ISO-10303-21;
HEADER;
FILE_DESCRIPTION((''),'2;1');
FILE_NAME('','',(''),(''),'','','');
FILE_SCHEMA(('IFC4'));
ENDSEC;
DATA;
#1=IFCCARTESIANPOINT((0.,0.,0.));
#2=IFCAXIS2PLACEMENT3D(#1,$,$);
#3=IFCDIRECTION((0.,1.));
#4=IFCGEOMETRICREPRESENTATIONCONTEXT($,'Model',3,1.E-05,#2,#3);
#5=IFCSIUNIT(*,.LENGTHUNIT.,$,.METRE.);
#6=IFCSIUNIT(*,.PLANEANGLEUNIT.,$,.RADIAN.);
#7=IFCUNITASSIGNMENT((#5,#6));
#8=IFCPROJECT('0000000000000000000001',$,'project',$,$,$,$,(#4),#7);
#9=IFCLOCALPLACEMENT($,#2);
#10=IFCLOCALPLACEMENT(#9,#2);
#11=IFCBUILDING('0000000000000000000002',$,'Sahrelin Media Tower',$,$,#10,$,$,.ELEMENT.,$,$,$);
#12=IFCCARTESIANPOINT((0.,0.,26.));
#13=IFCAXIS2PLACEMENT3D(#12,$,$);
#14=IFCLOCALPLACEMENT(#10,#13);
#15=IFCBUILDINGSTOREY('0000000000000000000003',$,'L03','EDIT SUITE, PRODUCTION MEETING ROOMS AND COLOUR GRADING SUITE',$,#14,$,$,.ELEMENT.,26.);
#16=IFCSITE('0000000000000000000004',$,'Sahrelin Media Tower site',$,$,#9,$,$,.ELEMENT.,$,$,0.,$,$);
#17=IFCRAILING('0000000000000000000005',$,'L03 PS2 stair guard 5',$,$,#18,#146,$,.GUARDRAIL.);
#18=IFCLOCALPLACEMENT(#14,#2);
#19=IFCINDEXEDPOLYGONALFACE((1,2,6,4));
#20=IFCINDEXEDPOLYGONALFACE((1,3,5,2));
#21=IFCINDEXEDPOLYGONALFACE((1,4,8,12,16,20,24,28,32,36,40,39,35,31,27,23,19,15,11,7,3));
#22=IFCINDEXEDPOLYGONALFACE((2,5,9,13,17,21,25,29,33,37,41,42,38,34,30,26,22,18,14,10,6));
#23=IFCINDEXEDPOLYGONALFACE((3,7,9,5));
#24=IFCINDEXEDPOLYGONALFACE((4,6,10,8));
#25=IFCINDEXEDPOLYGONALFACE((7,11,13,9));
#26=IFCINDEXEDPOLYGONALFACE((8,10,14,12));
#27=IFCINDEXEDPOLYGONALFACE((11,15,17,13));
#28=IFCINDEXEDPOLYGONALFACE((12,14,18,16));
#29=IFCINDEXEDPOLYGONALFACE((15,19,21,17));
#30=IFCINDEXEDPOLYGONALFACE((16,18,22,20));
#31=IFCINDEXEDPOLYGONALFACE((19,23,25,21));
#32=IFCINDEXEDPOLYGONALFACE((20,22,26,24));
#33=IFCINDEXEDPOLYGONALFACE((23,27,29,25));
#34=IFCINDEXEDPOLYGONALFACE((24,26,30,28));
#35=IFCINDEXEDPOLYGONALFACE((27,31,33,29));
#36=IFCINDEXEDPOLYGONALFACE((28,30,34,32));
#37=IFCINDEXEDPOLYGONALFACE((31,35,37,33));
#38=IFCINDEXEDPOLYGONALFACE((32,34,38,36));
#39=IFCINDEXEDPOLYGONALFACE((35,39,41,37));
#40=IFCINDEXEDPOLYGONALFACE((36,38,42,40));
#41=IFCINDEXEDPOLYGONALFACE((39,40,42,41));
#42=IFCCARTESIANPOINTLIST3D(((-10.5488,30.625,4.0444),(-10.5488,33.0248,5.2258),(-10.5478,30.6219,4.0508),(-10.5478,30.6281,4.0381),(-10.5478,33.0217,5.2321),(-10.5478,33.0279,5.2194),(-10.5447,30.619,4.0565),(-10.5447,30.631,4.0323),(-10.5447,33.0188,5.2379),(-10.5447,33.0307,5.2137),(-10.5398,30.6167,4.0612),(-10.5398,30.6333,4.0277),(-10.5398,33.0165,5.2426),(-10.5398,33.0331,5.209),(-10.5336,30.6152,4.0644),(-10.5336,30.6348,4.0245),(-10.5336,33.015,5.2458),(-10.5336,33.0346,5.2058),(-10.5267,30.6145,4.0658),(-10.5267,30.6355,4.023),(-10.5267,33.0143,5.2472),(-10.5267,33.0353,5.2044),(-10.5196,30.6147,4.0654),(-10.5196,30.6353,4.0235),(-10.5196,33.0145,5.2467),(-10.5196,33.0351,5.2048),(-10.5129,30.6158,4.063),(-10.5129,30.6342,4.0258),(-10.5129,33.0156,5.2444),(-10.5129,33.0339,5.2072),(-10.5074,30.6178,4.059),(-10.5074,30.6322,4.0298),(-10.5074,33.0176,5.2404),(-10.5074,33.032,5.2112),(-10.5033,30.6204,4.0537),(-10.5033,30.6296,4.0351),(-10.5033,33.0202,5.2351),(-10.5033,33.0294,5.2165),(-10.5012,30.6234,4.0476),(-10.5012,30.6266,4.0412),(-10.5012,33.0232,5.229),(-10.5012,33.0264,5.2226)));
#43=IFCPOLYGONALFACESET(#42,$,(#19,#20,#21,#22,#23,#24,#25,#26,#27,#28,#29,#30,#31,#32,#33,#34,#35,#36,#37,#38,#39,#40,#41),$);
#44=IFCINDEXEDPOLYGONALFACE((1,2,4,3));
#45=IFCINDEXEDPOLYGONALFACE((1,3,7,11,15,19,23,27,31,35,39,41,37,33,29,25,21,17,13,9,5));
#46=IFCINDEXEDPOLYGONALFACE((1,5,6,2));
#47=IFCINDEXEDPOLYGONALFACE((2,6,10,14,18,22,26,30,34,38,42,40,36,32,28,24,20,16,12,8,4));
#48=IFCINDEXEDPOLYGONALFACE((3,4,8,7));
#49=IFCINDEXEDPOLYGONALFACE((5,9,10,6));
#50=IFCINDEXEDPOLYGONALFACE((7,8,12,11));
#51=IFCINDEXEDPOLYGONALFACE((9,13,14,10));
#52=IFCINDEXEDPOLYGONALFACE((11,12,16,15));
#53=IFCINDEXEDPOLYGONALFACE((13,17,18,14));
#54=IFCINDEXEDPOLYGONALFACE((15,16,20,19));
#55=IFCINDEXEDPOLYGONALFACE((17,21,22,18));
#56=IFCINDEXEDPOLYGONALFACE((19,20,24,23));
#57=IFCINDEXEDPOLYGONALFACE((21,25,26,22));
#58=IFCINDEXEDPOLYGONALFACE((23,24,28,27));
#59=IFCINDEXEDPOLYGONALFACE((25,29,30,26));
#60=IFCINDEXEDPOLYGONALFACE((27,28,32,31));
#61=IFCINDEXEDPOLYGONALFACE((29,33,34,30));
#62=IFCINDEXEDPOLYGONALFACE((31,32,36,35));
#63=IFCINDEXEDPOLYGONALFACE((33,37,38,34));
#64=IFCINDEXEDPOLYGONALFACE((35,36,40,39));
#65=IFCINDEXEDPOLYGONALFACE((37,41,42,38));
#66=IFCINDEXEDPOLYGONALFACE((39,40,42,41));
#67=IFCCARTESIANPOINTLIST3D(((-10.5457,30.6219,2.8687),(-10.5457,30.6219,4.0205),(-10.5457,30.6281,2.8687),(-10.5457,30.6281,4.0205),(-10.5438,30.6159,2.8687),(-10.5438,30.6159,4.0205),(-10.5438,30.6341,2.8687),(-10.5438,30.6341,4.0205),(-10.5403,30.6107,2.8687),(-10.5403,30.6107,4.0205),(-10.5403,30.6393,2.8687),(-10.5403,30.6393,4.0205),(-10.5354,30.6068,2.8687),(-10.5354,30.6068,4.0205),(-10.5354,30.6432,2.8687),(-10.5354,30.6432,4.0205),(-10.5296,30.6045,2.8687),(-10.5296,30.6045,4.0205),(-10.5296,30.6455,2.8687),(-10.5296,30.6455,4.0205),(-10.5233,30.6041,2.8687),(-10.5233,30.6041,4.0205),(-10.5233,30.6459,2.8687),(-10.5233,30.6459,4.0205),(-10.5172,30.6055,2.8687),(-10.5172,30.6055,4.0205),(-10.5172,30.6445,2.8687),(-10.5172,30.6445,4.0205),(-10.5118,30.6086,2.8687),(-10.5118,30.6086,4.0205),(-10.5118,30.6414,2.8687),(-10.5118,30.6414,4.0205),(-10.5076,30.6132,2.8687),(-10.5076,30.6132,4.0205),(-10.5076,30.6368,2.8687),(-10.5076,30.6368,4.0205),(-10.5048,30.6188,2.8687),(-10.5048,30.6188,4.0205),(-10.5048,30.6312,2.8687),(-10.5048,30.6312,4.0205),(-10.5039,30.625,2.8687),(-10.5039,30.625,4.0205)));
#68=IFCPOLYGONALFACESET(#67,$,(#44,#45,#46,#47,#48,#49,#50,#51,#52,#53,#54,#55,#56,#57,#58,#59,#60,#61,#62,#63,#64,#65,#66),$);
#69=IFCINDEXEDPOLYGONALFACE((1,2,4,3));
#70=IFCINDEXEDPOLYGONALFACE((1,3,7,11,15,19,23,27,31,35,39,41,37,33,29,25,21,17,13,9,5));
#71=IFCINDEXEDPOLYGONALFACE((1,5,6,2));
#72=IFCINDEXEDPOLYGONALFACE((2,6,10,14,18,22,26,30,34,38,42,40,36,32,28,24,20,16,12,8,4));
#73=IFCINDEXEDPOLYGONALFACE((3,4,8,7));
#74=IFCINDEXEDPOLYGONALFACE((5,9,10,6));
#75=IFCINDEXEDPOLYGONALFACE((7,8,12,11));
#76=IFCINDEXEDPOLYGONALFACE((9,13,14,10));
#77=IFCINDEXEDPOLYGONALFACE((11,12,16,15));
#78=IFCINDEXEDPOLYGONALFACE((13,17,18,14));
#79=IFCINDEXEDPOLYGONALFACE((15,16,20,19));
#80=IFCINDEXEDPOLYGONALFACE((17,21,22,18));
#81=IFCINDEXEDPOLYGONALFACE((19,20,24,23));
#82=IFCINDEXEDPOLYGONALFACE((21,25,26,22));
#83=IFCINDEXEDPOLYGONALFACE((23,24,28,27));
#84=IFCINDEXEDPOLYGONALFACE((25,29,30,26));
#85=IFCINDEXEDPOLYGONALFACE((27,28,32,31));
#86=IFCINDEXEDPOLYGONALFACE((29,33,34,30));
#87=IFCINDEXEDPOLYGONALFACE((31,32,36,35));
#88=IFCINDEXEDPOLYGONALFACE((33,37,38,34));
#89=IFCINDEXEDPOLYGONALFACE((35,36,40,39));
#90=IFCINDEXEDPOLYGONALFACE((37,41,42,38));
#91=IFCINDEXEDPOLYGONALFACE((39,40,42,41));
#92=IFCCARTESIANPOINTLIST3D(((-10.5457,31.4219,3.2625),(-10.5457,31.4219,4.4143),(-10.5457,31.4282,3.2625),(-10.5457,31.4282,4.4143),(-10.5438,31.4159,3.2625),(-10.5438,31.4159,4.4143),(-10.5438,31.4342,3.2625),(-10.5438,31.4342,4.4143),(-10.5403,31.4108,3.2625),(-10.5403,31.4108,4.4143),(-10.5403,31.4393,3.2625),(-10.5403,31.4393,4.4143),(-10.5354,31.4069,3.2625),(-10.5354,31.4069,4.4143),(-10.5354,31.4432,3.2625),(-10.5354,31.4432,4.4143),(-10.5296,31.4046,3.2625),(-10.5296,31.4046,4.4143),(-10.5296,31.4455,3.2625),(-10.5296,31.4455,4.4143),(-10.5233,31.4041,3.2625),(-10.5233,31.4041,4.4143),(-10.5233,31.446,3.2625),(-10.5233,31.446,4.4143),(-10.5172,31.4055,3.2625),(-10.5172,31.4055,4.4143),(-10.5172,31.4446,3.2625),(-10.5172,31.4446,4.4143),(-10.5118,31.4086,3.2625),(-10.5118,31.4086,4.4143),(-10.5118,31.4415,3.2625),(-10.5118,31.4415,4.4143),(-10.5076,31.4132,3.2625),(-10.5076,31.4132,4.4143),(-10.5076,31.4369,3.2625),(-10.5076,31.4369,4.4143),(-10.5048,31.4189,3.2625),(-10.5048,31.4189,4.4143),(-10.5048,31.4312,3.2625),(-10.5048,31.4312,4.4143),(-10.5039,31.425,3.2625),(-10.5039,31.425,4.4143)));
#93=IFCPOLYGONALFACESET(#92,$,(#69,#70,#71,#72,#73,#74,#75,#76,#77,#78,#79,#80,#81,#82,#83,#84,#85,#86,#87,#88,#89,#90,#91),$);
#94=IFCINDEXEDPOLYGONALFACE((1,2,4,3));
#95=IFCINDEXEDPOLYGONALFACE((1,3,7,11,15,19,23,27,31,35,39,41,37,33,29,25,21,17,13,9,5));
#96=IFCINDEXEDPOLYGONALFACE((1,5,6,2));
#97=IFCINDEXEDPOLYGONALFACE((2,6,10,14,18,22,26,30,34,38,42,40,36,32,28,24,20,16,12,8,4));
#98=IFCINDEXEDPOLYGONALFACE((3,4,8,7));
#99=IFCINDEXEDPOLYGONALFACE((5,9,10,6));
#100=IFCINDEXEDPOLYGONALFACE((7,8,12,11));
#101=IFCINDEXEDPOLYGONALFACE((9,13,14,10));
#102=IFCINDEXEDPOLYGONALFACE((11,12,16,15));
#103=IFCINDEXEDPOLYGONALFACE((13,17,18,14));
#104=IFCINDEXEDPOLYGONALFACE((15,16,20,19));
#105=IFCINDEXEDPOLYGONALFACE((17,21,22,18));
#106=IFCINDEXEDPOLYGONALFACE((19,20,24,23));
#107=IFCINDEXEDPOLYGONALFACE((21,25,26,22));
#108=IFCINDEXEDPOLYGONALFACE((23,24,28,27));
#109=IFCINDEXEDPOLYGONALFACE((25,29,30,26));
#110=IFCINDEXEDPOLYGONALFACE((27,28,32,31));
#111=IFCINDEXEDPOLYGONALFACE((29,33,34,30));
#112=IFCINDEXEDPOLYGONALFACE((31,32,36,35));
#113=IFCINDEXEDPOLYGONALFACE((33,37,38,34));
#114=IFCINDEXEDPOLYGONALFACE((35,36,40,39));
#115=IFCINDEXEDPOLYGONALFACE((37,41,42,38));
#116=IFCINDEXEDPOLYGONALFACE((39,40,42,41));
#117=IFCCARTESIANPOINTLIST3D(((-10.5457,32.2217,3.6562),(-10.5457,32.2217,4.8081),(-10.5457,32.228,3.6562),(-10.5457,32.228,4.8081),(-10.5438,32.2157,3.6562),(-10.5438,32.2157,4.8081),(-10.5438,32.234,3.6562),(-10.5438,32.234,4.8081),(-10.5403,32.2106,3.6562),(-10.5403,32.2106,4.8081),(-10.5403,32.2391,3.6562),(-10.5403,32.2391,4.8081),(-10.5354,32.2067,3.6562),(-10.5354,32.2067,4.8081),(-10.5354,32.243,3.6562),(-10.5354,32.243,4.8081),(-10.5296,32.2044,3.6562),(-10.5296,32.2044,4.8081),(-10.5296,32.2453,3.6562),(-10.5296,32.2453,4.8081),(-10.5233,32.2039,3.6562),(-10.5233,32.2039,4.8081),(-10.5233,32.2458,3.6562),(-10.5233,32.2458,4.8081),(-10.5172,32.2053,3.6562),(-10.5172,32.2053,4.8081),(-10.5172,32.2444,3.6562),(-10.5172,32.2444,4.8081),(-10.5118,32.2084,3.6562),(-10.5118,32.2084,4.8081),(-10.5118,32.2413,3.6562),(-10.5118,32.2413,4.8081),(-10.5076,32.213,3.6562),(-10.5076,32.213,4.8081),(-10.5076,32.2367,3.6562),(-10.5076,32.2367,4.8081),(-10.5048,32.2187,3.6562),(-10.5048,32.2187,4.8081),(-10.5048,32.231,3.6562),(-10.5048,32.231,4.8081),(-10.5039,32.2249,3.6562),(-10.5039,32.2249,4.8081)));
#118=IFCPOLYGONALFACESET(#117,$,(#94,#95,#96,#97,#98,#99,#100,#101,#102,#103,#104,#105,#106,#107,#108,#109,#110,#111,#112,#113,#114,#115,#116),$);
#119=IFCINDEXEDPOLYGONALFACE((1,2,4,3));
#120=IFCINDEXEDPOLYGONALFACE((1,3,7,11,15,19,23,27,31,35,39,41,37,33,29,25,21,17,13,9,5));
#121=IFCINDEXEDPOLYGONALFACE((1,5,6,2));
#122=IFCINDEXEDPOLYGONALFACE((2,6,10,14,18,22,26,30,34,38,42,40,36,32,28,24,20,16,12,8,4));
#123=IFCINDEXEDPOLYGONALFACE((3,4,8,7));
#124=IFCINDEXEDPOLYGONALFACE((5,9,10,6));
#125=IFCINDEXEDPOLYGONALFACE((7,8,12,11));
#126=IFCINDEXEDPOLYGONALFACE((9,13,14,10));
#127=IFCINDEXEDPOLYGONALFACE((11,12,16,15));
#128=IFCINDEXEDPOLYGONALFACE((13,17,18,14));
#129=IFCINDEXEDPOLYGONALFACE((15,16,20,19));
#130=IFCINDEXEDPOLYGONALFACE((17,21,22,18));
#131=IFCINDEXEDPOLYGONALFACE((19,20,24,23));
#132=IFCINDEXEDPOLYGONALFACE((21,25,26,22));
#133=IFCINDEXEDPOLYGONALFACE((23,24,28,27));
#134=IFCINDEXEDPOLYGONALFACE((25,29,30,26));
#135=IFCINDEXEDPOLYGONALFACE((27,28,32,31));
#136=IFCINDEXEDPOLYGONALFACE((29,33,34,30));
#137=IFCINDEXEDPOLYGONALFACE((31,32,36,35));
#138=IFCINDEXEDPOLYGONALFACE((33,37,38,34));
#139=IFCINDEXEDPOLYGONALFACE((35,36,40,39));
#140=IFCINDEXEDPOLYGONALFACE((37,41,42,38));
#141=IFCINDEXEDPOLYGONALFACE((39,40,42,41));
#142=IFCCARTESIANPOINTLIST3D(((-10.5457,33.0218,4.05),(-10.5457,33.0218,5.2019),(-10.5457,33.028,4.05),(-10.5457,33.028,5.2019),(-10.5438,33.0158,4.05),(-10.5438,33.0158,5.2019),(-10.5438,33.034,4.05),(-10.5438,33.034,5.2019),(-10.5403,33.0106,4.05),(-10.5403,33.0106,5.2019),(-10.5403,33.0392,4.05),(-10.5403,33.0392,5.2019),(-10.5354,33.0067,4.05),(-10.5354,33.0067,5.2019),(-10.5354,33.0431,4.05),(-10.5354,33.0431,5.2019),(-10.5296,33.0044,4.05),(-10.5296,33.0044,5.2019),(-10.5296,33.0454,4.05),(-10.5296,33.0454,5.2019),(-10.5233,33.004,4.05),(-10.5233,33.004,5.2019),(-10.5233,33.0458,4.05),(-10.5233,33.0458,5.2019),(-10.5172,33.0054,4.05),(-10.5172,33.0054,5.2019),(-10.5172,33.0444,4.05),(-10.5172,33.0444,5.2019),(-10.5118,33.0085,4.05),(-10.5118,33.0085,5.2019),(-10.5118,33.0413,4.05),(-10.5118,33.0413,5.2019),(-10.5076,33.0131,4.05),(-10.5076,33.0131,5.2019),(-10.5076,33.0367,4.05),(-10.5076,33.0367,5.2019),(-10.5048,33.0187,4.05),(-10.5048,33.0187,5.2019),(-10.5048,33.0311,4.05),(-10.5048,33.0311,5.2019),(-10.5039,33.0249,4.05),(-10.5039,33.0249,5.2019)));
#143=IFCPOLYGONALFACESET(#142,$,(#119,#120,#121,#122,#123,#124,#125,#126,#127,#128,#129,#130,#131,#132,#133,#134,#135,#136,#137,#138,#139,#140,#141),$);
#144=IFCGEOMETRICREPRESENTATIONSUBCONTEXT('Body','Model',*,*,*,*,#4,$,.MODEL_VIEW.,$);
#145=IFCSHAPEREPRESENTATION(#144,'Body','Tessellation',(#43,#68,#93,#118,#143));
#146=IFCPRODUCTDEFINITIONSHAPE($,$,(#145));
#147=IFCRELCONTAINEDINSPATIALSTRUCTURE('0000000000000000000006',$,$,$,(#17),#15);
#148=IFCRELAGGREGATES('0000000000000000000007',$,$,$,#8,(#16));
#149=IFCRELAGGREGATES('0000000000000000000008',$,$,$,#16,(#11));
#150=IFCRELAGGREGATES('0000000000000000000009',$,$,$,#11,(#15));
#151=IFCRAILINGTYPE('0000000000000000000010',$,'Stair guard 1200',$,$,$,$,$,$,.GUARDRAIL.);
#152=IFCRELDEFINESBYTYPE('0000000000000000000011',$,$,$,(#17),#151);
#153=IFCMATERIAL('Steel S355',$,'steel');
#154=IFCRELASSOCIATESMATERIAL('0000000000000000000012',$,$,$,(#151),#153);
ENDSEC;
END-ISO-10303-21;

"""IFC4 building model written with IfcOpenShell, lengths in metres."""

from ifc_helpers import new_model, si_unit, direction, frame, origin, origin_2d, place, context, subcontext, project, spatial, circle, extrude, material, type_object, element, save


model = new_model("IFC4")

# Units and contexts
model_context = context("Model", 3, precision=1e-05, world=origin(), true_north=direction((0.0, 1.0)))
body_context = subcontext(model_context, "Body", "Model", "MODEL_VIEW")
ifc_project = project(units=[si_unit("LENGTHUNIT", "METRE"), si_unit("PLANEANGLEUNIT", "RADIAN")], contexts=[model_context])

# Site, building, storey
site_placement = place(None, origin())
site = spatial("IfcSite", under=ifc_project, at=site_placement, Name="Sahrelin Media Tower site", CompositionType="ELEMENT", RefElevation=0.0)
building_placement = place(site_placement, origin())
building = spatial("IfcBuilding", under=site, at=building_placement, Name="Sahrelin Media Tower", CompositionType="ELEMENT")
storey_placement = place(building_placement, frame((0.0, 0.0, 26.0)))
storey = spatial("IfcBuildingStorey", under=building, at=storey_placement, Name="L03", Description="EDIT SUITE, PRODUCTION MEETING ROOMS AND COLOUR GRADING SUITE", CompositionType="ELEMENT", Elevation=26.0)

# Shared definitions
ifc_material_1 = material(Name="Steel S355", Category="steel")

# Railing
railing_type_1 = type_object("IfcRailingType", Name="Stair guard 1200", PredefinedType="GUARDRAIL", material=ifc_material_1)
railing_1_placement = place(storey_placement, frame((-10.5249, 30.625, 2.8687)))
element("IfcRailing", 1, at=railing_1_placement, inside=storey, type_object=railing_type_1, Name="L03 PS2 stair guard 5", PredefinedType="GUARDRAIL", context=body_context, shape_type="SweptSolid", body=[
    extrude(circle(Radius=0.0239, at=origin_2d()), frame((0.0, 0.0, 1.1758), z_axis=(0.0, 0.897185, 0.441656), x_axis=(-1.0, 0.0, 0.0)), (0.0, 0.0, 1.0), 2.6748),
    extrude(circle(Radius=0.021, at=origin_2d()), origin(), (0.0, 0.0, 1.0), 1.1519),
    extrude(circle(Radius=0.021, at=origin_2d()), frame((0.0, 0.8, 0.3938)), (0.0, 0.0, 1.0), 1.1519),
    extrude(circle(Radius=0.021, at=origin_2d()), frame((0.0, 1.5999, 0.7876)), (0.0, 0.0, 1.0), 1.1519),
    extrude(circle(Radius=0.021, at=origin_2d()), frame((0.0, 2.3999, 1.1814)), (0.0, 0.0, 1.0), 1.1519),
])

save(model, "model.ifc")
